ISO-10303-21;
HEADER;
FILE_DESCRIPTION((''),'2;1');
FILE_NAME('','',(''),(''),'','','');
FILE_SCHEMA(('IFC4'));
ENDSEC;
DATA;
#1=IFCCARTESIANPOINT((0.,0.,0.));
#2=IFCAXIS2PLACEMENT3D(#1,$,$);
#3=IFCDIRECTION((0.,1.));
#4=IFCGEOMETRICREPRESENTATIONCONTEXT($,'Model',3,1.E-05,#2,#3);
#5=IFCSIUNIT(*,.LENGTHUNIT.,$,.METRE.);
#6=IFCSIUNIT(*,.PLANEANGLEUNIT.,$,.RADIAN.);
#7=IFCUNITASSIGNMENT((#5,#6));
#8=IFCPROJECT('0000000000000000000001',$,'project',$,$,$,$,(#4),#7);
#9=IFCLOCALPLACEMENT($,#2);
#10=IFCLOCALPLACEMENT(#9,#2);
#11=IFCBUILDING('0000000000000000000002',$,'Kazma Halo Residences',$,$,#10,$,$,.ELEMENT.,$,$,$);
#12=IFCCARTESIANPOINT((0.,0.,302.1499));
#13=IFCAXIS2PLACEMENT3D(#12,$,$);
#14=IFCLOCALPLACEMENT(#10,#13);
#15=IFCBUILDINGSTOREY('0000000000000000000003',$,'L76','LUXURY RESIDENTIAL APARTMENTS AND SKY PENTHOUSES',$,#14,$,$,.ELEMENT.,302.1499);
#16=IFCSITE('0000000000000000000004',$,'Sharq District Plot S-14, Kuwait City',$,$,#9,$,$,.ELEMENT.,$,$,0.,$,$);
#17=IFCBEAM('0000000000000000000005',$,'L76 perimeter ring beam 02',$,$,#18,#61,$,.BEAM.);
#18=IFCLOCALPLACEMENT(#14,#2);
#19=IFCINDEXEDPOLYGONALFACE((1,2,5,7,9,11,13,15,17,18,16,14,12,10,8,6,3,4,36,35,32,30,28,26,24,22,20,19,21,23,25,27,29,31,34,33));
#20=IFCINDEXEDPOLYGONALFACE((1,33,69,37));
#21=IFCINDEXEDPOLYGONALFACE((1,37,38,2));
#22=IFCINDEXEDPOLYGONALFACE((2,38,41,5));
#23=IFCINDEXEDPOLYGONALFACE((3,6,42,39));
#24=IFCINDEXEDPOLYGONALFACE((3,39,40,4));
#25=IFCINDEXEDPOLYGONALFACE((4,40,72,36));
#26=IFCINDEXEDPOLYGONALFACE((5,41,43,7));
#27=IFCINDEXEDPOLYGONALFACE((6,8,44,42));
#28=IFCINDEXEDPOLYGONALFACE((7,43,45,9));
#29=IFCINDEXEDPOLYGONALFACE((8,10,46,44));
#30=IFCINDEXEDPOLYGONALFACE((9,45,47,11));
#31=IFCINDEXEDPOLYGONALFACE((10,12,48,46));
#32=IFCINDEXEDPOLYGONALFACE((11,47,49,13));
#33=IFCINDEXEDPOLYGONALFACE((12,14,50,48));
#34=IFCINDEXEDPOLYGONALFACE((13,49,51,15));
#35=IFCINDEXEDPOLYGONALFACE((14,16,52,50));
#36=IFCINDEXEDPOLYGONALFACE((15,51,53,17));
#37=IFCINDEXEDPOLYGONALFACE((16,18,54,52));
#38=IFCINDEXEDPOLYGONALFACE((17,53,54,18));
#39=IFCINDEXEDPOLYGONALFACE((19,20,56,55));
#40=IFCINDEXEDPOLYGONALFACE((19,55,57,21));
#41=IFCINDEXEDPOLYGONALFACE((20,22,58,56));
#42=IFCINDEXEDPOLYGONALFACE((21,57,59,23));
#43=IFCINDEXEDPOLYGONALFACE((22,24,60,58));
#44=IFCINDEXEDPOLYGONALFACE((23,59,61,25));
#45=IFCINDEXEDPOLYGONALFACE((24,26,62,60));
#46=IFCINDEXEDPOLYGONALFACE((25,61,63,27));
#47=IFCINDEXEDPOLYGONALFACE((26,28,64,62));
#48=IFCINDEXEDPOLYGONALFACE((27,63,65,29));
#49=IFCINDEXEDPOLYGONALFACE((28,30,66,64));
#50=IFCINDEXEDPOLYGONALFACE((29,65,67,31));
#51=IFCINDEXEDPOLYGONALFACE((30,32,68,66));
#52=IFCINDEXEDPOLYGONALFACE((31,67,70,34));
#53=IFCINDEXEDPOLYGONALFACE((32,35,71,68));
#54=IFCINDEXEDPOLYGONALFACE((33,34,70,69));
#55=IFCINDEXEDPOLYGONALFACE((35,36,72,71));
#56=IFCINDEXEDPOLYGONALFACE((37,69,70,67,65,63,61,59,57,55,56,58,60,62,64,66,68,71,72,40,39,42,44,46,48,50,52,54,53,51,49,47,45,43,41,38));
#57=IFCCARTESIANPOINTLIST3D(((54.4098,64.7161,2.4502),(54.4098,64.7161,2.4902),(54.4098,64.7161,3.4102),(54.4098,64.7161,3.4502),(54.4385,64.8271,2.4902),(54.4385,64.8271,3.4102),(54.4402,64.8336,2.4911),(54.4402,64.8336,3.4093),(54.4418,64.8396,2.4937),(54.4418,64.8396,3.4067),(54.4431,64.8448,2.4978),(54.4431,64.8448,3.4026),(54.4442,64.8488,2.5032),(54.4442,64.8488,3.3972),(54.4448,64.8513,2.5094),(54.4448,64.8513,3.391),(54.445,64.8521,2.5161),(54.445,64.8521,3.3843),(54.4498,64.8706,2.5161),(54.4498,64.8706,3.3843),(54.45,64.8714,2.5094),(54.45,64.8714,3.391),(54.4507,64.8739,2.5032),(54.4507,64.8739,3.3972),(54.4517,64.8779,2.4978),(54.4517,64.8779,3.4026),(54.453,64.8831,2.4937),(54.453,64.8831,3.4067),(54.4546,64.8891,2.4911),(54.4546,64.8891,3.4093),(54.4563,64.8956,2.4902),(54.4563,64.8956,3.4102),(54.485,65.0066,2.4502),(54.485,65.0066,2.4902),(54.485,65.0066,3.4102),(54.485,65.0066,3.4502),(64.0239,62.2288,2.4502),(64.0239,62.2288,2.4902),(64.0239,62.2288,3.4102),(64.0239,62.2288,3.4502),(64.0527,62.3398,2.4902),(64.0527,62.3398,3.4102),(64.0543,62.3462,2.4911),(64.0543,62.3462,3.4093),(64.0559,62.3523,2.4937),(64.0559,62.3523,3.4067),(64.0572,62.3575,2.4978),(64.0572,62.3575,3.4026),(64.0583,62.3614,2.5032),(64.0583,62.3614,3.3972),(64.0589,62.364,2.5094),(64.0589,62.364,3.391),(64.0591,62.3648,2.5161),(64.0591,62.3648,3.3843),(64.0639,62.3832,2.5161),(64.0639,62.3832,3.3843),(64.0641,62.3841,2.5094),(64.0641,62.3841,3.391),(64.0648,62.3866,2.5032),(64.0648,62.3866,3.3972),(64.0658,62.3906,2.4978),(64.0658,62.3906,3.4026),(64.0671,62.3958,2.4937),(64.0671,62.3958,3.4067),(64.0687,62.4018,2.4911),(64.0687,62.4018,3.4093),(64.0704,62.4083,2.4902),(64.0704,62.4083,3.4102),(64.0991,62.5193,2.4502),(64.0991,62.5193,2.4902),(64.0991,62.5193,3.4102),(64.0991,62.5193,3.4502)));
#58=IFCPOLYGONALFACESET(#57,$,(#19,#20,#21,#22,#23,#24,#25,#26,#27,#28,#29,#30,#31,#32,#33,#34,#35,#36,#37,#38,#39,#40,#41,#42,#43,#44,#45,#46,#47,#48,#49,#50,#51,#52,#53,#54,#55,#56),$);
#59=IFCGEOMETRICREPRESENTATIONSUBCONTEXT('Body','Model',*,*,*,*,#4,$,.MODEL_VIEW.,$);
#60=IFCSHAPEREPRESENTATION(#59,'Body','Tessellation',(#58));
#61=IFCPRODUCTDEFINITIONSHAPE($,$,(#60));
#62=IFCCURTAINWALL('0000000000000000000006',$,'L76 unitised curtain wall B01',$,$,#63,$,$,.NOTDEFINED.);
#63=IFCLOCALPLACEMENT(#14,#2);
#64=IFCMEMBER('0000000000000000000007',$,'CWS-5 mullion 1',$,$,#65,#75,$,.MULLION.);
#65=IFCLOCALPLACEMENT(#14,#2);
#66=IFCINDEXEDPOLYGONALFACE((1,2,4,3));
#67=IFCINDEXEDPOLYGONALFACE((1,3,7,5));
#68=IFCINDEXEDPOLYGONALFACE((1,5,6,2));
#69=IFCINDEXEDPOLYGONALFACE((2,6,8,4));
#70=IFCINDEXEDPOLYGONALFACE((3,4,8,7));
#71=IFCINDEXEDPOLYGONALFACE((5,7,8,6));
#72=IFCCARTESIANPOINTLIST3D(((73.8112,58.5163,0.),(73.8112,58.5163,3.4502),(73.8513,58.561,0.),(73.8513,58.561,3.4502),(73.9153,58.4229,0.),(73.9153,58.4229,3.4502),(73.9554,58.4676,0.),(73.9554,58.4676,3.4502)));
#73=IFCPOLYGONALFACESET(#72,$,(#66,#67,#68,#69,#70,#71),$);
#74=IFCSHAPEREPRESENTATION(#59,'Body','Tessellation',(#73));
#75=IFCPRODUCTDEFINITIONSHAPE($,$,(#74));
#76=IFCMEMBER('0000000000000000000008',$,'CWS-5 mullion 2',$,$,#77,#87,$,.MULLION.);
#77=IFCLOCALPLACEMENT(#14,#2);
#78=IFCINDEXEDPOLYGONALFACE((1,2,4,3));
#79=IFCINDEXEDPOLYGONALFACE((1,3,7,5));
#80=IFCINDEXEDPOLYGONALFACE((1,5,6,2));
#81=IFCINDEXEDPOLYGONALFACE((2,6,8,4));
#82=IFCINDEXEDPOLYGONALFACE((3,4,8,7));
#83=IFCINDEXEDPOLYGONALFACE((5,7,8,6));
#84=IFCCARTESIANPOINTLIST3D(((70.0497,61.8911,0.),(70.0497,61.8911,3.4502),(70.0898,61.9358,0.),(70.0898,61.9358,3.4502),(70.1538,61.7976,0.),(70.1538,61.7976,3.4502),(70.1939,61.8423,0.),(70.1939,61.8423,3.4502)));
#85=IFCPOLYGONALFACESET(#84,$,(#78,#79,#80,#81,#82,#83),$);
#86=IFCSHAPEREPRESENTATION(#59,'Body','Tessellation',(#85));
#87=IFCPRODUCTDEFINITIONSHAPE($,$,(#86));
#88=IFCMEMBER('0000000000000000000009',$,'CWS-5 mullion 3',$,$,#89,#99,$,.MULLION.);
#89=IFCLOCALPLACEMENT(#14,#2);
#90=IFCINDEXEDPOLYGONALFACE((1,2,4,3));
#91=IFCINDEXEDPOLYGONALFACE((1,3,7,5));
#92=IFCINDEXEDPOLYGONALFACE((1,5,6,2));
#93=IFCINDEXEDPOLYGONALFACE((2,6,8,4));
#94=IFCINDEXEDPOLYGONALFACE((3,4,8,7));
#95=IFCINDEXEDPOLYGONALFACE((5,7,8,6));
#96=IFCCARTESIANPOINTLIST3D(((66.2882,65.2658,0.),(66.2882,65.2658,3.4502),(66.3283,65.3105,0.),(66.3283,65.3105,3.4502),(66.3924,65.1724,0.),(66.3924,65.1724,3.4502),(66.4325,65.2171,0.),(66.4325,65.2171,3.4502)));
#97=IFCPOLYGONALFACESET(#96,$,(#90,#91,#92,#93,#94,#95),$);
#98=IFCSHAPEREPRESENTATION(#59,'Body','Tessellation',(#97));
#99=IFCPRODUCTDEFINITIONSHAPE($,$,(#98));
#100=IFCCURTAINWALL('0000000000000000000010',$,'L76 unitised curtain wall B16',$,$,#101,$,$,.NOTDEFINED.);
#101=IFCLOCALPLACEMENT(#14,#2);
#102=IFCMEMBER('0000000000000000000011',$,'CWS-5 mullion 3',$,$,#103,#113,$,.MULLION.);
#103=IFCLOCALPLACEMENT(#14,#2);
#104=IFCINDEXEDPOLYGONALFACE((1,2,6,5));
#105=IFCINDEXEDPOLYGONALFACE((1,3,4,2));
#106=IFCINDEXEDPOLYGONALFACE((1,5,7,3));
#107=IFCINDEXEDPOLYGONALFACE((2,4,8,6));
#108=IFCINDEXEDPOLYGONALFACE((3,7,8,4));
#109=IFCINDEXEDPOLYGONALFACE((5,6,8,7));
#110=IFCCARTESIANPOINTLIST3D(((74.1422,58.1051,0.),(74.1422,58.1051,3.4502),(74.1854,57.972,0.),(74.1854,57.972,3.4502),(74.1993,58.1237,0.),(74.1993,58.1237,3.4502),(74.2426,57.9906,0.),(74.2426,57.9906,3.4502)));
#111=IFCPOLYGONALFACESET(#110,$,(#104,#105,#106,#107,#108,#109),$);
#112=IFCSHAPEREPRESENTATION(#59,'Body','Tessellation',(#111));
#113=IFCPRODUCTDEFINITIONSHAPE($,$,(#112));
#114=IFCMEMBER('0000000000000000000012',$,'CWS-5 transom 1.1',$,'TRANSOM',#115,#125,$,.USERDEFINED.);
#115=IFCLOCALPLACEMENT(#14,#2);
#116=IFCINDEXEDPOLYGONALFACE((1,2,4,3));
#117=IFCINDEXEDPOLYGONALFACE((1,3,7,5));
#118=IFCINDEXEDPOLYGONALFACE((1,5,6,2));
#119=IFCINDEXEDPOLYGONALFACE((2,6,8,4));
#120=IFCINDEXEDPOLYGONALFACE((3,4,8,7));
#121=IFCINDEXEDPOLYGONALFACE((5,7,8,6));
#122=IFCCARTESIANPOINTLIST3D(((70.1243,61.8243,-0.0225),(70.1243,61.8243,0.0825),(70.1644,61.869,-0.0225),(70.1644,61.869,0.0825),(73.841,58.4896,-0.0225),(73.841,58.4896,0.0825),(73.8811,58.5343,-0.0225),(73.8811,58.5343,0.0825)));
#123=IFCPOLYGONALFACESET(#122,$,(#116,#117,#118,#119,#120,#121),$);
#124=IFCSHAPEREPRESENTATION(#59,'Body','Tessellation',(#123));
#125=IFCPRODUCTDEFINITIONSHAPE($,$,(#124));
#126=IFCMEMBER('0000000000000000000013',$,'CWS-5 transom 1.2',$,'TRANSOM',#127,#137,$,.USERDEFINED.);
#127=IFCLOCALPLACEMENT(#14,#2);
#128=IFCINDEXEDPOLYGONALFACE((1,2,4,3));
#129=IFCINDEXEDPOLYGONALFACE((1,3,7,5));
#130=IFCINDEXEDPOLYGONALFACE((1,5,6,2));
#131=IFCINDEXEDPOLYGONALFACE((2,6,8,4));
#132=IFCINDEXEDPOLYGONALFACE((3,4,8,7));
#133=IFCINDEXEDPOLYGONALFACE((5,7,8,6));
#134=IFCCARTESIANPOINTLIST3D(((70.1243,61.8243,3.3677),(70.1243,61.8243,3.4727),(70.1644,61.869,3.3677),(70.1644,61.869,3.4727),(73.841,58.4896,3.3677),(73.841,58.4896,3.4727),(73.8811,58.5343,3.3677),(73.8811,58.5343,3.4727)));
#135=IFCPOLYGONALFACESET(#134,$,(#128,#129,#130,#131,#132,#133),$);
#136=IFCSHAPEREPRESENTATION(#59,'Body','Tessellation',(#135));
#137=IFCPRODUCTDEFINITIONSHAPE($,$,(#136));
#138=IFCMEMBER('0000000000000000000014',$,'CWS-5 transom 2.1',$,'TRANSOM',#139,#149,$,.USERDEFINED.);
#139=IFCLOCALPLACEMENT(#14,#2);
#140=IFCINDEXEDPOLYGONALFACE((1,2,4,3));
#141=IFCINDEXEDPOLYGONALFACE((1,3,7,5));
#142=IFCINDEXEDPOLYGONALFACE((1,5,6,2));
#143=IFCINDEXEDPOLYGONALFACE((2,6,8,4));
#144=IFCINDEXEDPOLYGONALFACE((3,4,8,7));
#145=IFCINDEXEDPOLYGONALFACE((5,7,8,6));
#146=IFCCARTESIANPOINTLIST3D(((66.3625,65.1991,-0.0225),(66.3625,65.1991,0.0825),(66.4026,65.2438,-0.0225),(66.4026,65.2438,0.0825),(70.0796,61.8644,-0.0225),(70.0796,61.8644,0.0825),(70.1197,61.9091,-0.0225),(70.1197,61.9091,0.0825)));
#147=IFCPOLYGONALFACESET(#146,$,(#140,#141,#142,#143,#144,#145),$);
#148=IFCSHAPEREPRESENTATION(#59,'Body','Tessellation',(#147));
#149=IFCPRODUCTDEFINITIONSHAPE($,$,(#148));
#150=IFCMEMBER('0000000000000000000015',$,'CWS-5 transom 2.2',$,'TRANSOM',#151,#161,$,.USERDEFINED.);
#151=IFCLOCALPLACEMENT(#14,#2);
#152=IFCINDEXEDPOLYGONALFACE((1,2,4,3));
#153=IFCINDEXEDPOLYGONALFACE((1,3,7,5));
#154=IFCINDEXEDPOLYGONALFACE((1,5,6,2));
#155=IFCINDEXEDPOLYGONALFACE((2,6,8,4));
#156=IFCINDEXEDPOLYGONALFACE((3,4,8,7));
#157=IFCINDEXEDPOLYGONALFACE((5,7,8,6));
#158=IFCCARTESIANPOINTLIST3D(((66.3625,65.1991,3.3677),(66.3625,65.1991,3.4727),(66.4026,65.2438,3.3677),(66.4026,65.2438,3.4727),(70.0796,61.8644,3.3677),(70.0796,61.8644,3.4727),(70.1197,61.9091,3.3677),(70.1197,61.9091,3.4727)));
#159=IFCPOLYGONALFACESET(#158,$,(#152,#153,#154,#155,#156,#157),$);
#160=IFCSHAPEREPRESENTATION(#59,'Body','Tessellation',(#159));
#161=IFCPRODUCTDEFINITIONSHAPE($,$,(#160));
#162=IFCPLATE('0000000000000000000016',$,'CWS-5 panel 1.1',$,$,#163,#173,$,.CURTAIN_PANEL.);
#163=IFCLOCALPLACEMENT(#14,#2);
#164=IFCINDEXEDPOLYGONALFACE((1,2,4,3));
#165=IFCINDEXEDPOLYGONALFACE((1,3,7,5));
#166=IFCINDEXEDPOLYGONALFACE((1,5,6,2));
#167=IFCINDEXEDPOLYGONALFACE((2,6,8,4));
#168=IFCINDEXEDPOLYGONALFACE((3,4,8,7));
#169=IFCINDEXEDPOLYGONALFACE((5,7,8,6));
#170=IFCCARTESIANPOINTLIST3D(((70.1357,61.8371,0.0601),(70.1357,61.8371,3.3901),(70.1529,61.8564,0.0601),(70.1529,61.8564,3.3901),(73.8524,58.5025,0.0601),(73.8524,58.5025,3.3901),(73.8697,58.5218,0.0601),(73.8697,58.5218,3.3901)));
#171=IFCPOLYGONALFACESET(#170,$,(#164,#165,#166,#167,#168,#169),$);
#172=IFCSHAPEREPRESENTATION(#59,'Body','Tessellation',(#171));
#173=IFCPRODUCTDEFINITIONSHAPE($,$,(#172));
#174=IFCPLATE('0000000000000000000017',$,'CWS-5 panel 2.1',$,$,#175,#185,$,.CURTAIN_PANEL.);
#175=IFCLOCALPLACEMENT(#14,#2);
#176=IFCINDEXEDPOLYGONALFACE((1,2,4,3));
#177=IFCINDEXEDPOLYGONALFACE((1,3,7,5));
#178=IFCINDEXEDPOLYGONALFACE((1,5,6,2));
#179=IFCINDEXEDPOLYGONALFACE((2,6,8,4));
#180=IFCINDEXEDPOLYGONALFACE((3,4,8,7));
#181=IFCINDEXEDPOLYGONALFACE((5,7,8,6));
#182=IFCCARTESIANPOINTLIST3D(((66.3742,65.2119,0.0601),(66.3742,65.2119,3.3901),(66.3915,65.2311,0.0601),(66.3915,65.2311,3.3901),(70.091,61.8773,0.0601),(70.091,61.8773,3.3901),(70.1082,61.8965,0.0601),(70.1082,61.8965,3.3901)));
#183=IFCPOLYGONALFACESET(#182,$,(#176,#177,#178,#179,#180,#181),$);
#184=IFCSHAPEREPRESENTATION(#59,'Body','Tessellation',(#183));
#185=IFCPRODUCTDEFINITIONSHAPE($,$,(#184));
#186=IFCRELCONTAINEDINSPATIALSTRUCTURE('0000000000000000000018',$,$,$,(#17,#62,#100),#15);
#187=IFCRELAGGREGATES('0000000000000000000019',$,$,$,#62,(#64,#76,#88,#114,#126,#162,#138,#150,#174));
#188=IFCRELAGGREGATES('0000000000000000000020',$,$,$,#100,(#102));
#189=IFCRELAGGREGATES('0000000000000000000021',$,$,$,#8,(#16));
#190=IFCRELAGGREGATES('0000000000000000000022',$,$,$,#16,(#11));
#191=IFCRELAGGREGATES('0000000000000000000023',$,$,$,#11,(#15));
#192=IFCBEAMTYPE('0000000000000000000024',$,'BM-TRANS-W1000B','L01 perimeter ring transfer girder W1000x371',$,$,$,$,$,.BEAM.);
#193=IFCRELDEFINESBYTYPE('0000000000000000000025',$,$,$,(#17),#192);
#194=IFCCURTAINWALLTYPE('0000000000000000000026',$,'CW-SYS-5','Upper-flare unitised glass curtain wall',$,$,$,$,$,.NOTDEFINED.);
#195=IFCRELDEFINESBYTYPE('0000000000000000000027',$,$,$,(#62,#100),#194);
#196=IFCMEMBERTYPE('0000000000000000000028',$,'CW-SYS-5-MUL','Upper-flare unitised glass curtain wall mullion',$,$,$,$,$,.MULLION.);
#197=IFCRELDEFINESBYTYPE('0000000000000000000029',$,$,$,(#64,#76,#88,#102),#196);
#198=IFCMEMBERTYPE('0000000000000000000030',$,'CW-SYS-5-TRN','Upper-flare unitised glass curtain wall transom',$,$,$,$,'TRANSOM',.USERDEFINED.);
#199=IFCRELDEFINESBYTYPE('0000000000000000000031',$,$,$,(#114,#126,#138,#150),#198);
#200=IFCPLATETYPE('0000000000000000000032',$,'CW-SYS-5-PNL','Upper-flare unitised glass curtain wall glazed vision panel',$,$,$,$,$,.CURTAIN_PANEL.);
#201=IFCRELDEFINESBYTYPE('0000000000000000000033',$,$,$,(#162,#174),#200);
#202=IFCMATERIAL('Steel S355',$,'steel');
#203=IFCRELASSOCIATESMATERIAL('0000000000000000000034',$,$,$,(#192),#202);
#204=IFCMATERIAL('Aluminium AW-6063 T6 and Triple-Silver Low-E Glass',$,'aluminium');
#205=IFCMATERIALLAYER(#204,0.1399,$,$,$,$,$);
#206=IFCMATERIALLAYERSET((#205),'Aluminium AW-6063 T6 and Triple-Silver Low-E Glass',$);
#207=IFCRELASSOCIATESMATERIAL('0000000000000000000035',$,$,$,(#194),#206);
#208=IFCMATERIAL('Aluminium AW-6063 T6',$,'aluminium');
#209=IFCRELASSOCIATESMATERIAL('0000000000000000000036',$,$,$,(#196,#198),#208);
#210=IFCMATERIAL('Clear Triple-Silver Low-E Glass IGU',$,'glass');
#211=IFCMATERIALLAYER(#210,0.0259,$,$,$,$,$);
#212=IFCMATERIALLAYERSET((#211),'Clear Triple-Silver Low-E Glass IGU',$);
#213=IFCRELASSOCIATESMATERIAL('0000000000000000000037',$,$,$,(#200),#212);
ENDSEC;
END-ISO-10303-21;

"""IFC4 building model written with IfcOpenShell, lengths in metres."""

from ifc_helpers import new_model, si_unit, direction, frame, origin, origin_2d, place, context, subcontext, project, spatial, rectangle, i_section, extrude, material, layer, layer_set, material_profile, profile_set, type_object, element, aggregate, save


model = new_model("IFC4")

# Units and contexts
model_context = context("Model", 3, precision=1e-05, world=origin(), true_north=direction((0.0, 1.0)))
body_context = subcontext(model_context, "Body", "Model", "MODEL_VIEW")
ifc_project = project(units=[si_unit("LENGTHUNIT", "METRE"), si_unit("PLANEANGLEUNIT", "RADIAN")], contexts=[model_context])

# Site, building, storey
site_placement = place(None, origin())
site = spatial("IfcSite", under=ifc_project, at=site_placement, Name="Sharq District Plot S-14, Kuwait City", CompositionType="ELEMENT", RefElevation=0.0)
building_placement = place(site_placement, origin())
building = spatial("IfcBuilding", under=site, at=building_placement, Name="Kazma Halo Residences", CompositionType="ELEMENT")
storey_placement = place(building_placement, frame((0.0, 0.0, 302.1499)))
storey = spatial("IfcBuildingStorey", under=building, at=storey_placement, Name="L76", Description="LUXURY RESIDENTIAL APARTMENTS AND SKY PENTHOUSES", CompositionType="ELEMENT", Elevation=302.1499)

# Beam
ifc_material_1 = material(Name="Steel S355", Category="steel")
ifc_material_profile_1 = material_profile(ifc_material_1, i_section(OverallWidth=0.3, OverallDepth=1.0, WebThickness=0.019, FlangeThickness=0.04, FilletRadius=0.0259, at=origin_2d()), Name="W1000x371")
ifc_profile_set_1 = profile_set([ifc_material_profile_1], Name="Steel S355")
beam_type_1 = type_object("IfcBeamType", Name="BM-TRANS-W1000B", Description="L01 perimeter ring transfer girder W1000x371", PredefinedType="BEAM", material=ifc_profile_set_1)
beam_1_placement = place(storey_placement, frame((64.0615, 62.374, 2.9502), z_axis=(-0.968124, 0.25047, 0.0), x_axis=(-0.25047, -0.968124, 0.0)))
element("IfcBeam", 1, at=beam_1_placement, inside=storey, type_object=beam_type_1, Name="L76 perimeter ring beam 02", PredefinedType="BEAM", context=body_context, shape_type="SweptSolid", body=[
    extrude(i_section(OverallWidth=0.3, OverallDepth=1.0, WebThickness=0.019, FlangeThickness=0.04, FilletRadius=0.0259, at=origin_2d()), origin(), (0.0, 0.0, 1.0), 9.9307),
])

# Curtain wall, members
ifc_material_2 = material(Name="Aluminium AW-6063 T6 and Triple-Silver Low-E Glass", Category="aluminium")
ifc_layer_1 = layer(ifc_material_2, 0.1399)
ifc_layer_set_1 = layer_set([ifc_layer_1], Name="Aluminium AW-6063 T6 and Triple-Silver Low-E Glass")
curtain_wall_type = type_object("IfcCurtainWallType", Name="CW-SYS-5", Description="Upper-flare unitised glass curtain wall", PredefinedType="NOTDEFINED", material=ifc_layer_set_1)
curtain_wall_1_placement = place(storey_placement, origin())
curtain_wall_1 = element("IfcCurtainWall", 2, at=curtain_wall_1_placement, inside=storey, type_object=curtain_wall_type, Name="L76 unitised curtain wall B01", PredefinedType="NOTDEFINED")
ifc_material_3 = material(Name="Aluminium AW-6063 T6", Category="aluminium")
ifc_material_profile_2 = material_profile(ifc_material_3, rectangle(XDim=0.0601, YDim=0.1399, at=origin_2d()), Name="CWM-60x140")
ifc_profile_set_2 = profile_set([ifc_material_profile_2], Name="Aluminium AW-6063 T6")
member_type_1 = type_object("IfcMemberType", Name="CW-SYS-5-MUL", Description="Upper-flare unitised glass curtain wall mullion", PredefinedType="MULLION", material=ifc_profile_set_2)
member_1_placement = place(storey_placement, frame((73.8833, 58.4919, 0.0), z_axis=(0.0, 0.0, 1.0), x_axis=(-0.667805, -0.744336, 0.0)))
member_1 = element("IfcMember", 3, at=member_1_placement, type_object=member_type_1, Name="CWS-5 mullion 1", PredefinedType="MULLION", context=body_context, shape_type="SweptSolid", body=[
    extrude(rectangle(XDim=0.0601, YDim=0.1399, at=origin_2d()), origin(), (0.0, 0.0, 1.0), 3.4502),
])
member_2_placement = place(storey_placement, frame((70.1218, 61.8667, 0.0), z_axis=(0.0, 0.0, 1.0), x_axis=(-0.667805, -0.744336, 0.0)))
member_2 = element("IfcMember", 4, at=member_2_placement, type_object=member_type_1, Name="CWS-5 mullion 2", PredefinedType="MULLION", context=body_context, shape_type="SweptSolid", body=[
    extrude(rectangle(XDim=0.0601, YDim=0.1399, at=origin_2d()), origin(), (0.0, 0.0, 1.0), 3.4502),
])
member_3_placement = place(storey_placement, frame((66.3604, 65.2415, 0.0), z_axis=(0.0, 0.0, 1.0), x_axis=(-0.667805, -0.744336, 0.0)))
member_3 = element("IfcMember", 5, at=member_3_placement, type_object=member_type_1, Name="CWS-5 mullion 3", PredefinedType="MULLION", context=body_context, shape_type="SweptSolid", body=[
    extrude(rectangle(XDim=0.0601, YDim=0.1399, at=origin_2d()), origin(), (0.0, 0.0, 1.0), 3.4502),
])

# Curtain wall, member
curtain_wall_2_placement = place(storey_placement, origin())
curtain_wall_2 = element("IfcCurtainWall", 6, at=curtain_wall_2_placement, inside=storey, type_object=curtain_wall_type, Name="L76 unitised curtain wall B16", PredefinedType="NOTDEFINED")
member_4_placement = place(storey_placement, frame((74.1924, 58.0479, 0.0), z_axis=(0.0, 0.0, 1.0), x_axis=(-0.951058, -0.309011, 0.0)))
member_4 = element("IfcMember", 7, at=member_4_placement, type_object=member_type_1, Name="CWS-5 mullion 3", PredefinedType="MULLION", context=body_context, shape_type="SweptSolid", body=[
    extrude(rectangle(XDim=0.0601, YDim=0.1399, at=origin_2d()), origin(), (0.0, 0.0, 1.0), 3.4502),
])

# Members
ifc_material_profile_3 = material_profile(ifc_material_3, rectangle(XDim=0.0601, YDim=0.105, at=origin_2d()), Name="CWT-60x105")
ifc_profile_set_3 = profile_set([ifc_material_profile_3], Name="Aluminium AW-6063 T6")
member_type_2 = type_object("IfcMemberType", Name="CW-SYS-5-TRN", Description="Upper-flare unitised glass curtain wall transom", ElementType="TRANSOM", PredefinedType="USERDEFINED", material=ifc_profile_set_3)
member_5_placement = place(storey_placement, frame((73.8611, 58.512, 0.03), z_axis=(-0.744329, 0.667813, 0.0), x_axis=(-0.667813, -0.744329, 0.0)))
member_5 = element("IfcMember", 8, at=member_5_placement, type_object=member_type_2, Name="CWS-5 transom 1.1", ObjectType="TRANSOM", PredefinedType="USERDEFINED", context=body_context, shape_type="SweptSolid", body=[
    extrude(rectangle(XDim=0.0601, YDim=0.105, at=origin_2d()), origin(), (0.0, 0.0, 1.0), 4.9934),
])
member_6_placement = place(storey_placement, frame((73.8611, 58.512, 3.4202), z_axis=(-0.744329, 0.667813, 0.0), x_axis=(-0.667813, -0.744329, 0.0)))
member_6 = element("IfcMember", 9, at=member_6_placement, type_object=member_type_2, Name="CWS-5 transom 1.2", ObjectType="TRANSOM", PredefinedType="USERDEFINED", context=body_context, shape_type="SweptSolid", body=[
    extrude(rectangle(XDim=0.0601, YDim=0.105, at=origin_2d()), origin(), (0.0, 0.0, 1.0), 4.9934),
])
member_7_placement = place(storey_placement, frame((70.0996, 61.8867, 0.03), z_axis=(-0.744351, 0.667789, 0.0), x_axis=(-0.667789, -0.744351, 0.0)))
member_7 = element("IfcMember", 10, at=member_7_placement, type_object=member_type_2, Name="CWS-5 transom 2.1", ObjectType="TRANSOM", PredefinedType="USERDEFINED", context=body_context, shape_type="SweptSolid", body=[
    extrude(rectangle(XDim=0.0601, YDim=0.105, at=origin_2d()), origin(), (0.0, 0.0, 1.0), 4.9937),
])
member_8_placement = place(storey_placement, frame((70.0996, 61.8867, 3.4202), z_axis=(-0.744351, 0.667789, 0.0), x_axis=(-0.667789, -0.744351, 0.0)))
member_8 = element("IfcMember", 11, at=member_8_placement, type_object=member_type_2, Name="CWS-5 transom 2.2", ObjectType="TRANSOM", PredefinedType="USERDEFINED", context=body_context, shape_type="SweptSolid", body=[
    extrude(rectangle(XDim=0.0601, YDim=0.105, at=origin_2d()), origin(), (0.0, 0.0, 1.0), 4.9937),
])

# Plates
ifc_material_4 = material(Name="Clear Triple-Silver Low-E Glass IGU", Category="glass")
ifc_layer_2 = layer(ifc_material_4, 0.0259)
ifc_layer_set_2 = layer_set([ifc_layer_2], Name="Clear Triple-Silver Low-E Glass IGU")
plate_type = type_object("IfcPlateType", Name="CW-SYS-5-PNL", Description="Upper-flare unitised glass curtain wall glazed vision panel", PredefinedType="CURTAIN_PANEL", material=ifc_layer_set_2)
plate_1_placement = place(storey_placement, frame((72.0027, 60.1794, 0.0601), z_axis=(0.0, 0.0, 1.0), x_axis=(-0.744336, 0.667805, 0.0)))
plate_1 = element("IfcPlate", 12, at=plate_1_placement, type_object=plate_type, Name="CWS-5 panel 1.1", PredefinedType="CURTAIN_PANEL", context=body_context, shape_type="SweptSolid", body=[
    extrude(rectangle(XDim=4.9934, YDim=0.0259, at=origin_2d()), origin(), (0.0, 0.0, 1.0), 3.3301),
])
plate_2_placement = place(storey_placement, frame((68.2412, 63.5542, 0.0601), z_axis=(0.0, 0.0, 1.0), x_axis=(-0.744336, 0.667805, 0.0)))
plate_2 = element("IfcPlate", 13, at=plate_2_placement, type_object=plate_type, Name="CWS-5 panel 2.1", PredefinedType="CURTAIN_PANEL", context=body_context, shape_type="SweptSolid", body=[
    extrude(rectangle(XDim=4.9934, YDim=0.0259, at=origin_2d()), origin(), (0.0, 0.0, 1.0), 3.3301),
])
aggregate(curtain_wall_1, [member_1, member_2, member_3, member_5, member_6, plate_1, member_7, member_8, plate_2])
aggregate(curtain_wall_2, [member_4])

save(model, "model.ifc")
